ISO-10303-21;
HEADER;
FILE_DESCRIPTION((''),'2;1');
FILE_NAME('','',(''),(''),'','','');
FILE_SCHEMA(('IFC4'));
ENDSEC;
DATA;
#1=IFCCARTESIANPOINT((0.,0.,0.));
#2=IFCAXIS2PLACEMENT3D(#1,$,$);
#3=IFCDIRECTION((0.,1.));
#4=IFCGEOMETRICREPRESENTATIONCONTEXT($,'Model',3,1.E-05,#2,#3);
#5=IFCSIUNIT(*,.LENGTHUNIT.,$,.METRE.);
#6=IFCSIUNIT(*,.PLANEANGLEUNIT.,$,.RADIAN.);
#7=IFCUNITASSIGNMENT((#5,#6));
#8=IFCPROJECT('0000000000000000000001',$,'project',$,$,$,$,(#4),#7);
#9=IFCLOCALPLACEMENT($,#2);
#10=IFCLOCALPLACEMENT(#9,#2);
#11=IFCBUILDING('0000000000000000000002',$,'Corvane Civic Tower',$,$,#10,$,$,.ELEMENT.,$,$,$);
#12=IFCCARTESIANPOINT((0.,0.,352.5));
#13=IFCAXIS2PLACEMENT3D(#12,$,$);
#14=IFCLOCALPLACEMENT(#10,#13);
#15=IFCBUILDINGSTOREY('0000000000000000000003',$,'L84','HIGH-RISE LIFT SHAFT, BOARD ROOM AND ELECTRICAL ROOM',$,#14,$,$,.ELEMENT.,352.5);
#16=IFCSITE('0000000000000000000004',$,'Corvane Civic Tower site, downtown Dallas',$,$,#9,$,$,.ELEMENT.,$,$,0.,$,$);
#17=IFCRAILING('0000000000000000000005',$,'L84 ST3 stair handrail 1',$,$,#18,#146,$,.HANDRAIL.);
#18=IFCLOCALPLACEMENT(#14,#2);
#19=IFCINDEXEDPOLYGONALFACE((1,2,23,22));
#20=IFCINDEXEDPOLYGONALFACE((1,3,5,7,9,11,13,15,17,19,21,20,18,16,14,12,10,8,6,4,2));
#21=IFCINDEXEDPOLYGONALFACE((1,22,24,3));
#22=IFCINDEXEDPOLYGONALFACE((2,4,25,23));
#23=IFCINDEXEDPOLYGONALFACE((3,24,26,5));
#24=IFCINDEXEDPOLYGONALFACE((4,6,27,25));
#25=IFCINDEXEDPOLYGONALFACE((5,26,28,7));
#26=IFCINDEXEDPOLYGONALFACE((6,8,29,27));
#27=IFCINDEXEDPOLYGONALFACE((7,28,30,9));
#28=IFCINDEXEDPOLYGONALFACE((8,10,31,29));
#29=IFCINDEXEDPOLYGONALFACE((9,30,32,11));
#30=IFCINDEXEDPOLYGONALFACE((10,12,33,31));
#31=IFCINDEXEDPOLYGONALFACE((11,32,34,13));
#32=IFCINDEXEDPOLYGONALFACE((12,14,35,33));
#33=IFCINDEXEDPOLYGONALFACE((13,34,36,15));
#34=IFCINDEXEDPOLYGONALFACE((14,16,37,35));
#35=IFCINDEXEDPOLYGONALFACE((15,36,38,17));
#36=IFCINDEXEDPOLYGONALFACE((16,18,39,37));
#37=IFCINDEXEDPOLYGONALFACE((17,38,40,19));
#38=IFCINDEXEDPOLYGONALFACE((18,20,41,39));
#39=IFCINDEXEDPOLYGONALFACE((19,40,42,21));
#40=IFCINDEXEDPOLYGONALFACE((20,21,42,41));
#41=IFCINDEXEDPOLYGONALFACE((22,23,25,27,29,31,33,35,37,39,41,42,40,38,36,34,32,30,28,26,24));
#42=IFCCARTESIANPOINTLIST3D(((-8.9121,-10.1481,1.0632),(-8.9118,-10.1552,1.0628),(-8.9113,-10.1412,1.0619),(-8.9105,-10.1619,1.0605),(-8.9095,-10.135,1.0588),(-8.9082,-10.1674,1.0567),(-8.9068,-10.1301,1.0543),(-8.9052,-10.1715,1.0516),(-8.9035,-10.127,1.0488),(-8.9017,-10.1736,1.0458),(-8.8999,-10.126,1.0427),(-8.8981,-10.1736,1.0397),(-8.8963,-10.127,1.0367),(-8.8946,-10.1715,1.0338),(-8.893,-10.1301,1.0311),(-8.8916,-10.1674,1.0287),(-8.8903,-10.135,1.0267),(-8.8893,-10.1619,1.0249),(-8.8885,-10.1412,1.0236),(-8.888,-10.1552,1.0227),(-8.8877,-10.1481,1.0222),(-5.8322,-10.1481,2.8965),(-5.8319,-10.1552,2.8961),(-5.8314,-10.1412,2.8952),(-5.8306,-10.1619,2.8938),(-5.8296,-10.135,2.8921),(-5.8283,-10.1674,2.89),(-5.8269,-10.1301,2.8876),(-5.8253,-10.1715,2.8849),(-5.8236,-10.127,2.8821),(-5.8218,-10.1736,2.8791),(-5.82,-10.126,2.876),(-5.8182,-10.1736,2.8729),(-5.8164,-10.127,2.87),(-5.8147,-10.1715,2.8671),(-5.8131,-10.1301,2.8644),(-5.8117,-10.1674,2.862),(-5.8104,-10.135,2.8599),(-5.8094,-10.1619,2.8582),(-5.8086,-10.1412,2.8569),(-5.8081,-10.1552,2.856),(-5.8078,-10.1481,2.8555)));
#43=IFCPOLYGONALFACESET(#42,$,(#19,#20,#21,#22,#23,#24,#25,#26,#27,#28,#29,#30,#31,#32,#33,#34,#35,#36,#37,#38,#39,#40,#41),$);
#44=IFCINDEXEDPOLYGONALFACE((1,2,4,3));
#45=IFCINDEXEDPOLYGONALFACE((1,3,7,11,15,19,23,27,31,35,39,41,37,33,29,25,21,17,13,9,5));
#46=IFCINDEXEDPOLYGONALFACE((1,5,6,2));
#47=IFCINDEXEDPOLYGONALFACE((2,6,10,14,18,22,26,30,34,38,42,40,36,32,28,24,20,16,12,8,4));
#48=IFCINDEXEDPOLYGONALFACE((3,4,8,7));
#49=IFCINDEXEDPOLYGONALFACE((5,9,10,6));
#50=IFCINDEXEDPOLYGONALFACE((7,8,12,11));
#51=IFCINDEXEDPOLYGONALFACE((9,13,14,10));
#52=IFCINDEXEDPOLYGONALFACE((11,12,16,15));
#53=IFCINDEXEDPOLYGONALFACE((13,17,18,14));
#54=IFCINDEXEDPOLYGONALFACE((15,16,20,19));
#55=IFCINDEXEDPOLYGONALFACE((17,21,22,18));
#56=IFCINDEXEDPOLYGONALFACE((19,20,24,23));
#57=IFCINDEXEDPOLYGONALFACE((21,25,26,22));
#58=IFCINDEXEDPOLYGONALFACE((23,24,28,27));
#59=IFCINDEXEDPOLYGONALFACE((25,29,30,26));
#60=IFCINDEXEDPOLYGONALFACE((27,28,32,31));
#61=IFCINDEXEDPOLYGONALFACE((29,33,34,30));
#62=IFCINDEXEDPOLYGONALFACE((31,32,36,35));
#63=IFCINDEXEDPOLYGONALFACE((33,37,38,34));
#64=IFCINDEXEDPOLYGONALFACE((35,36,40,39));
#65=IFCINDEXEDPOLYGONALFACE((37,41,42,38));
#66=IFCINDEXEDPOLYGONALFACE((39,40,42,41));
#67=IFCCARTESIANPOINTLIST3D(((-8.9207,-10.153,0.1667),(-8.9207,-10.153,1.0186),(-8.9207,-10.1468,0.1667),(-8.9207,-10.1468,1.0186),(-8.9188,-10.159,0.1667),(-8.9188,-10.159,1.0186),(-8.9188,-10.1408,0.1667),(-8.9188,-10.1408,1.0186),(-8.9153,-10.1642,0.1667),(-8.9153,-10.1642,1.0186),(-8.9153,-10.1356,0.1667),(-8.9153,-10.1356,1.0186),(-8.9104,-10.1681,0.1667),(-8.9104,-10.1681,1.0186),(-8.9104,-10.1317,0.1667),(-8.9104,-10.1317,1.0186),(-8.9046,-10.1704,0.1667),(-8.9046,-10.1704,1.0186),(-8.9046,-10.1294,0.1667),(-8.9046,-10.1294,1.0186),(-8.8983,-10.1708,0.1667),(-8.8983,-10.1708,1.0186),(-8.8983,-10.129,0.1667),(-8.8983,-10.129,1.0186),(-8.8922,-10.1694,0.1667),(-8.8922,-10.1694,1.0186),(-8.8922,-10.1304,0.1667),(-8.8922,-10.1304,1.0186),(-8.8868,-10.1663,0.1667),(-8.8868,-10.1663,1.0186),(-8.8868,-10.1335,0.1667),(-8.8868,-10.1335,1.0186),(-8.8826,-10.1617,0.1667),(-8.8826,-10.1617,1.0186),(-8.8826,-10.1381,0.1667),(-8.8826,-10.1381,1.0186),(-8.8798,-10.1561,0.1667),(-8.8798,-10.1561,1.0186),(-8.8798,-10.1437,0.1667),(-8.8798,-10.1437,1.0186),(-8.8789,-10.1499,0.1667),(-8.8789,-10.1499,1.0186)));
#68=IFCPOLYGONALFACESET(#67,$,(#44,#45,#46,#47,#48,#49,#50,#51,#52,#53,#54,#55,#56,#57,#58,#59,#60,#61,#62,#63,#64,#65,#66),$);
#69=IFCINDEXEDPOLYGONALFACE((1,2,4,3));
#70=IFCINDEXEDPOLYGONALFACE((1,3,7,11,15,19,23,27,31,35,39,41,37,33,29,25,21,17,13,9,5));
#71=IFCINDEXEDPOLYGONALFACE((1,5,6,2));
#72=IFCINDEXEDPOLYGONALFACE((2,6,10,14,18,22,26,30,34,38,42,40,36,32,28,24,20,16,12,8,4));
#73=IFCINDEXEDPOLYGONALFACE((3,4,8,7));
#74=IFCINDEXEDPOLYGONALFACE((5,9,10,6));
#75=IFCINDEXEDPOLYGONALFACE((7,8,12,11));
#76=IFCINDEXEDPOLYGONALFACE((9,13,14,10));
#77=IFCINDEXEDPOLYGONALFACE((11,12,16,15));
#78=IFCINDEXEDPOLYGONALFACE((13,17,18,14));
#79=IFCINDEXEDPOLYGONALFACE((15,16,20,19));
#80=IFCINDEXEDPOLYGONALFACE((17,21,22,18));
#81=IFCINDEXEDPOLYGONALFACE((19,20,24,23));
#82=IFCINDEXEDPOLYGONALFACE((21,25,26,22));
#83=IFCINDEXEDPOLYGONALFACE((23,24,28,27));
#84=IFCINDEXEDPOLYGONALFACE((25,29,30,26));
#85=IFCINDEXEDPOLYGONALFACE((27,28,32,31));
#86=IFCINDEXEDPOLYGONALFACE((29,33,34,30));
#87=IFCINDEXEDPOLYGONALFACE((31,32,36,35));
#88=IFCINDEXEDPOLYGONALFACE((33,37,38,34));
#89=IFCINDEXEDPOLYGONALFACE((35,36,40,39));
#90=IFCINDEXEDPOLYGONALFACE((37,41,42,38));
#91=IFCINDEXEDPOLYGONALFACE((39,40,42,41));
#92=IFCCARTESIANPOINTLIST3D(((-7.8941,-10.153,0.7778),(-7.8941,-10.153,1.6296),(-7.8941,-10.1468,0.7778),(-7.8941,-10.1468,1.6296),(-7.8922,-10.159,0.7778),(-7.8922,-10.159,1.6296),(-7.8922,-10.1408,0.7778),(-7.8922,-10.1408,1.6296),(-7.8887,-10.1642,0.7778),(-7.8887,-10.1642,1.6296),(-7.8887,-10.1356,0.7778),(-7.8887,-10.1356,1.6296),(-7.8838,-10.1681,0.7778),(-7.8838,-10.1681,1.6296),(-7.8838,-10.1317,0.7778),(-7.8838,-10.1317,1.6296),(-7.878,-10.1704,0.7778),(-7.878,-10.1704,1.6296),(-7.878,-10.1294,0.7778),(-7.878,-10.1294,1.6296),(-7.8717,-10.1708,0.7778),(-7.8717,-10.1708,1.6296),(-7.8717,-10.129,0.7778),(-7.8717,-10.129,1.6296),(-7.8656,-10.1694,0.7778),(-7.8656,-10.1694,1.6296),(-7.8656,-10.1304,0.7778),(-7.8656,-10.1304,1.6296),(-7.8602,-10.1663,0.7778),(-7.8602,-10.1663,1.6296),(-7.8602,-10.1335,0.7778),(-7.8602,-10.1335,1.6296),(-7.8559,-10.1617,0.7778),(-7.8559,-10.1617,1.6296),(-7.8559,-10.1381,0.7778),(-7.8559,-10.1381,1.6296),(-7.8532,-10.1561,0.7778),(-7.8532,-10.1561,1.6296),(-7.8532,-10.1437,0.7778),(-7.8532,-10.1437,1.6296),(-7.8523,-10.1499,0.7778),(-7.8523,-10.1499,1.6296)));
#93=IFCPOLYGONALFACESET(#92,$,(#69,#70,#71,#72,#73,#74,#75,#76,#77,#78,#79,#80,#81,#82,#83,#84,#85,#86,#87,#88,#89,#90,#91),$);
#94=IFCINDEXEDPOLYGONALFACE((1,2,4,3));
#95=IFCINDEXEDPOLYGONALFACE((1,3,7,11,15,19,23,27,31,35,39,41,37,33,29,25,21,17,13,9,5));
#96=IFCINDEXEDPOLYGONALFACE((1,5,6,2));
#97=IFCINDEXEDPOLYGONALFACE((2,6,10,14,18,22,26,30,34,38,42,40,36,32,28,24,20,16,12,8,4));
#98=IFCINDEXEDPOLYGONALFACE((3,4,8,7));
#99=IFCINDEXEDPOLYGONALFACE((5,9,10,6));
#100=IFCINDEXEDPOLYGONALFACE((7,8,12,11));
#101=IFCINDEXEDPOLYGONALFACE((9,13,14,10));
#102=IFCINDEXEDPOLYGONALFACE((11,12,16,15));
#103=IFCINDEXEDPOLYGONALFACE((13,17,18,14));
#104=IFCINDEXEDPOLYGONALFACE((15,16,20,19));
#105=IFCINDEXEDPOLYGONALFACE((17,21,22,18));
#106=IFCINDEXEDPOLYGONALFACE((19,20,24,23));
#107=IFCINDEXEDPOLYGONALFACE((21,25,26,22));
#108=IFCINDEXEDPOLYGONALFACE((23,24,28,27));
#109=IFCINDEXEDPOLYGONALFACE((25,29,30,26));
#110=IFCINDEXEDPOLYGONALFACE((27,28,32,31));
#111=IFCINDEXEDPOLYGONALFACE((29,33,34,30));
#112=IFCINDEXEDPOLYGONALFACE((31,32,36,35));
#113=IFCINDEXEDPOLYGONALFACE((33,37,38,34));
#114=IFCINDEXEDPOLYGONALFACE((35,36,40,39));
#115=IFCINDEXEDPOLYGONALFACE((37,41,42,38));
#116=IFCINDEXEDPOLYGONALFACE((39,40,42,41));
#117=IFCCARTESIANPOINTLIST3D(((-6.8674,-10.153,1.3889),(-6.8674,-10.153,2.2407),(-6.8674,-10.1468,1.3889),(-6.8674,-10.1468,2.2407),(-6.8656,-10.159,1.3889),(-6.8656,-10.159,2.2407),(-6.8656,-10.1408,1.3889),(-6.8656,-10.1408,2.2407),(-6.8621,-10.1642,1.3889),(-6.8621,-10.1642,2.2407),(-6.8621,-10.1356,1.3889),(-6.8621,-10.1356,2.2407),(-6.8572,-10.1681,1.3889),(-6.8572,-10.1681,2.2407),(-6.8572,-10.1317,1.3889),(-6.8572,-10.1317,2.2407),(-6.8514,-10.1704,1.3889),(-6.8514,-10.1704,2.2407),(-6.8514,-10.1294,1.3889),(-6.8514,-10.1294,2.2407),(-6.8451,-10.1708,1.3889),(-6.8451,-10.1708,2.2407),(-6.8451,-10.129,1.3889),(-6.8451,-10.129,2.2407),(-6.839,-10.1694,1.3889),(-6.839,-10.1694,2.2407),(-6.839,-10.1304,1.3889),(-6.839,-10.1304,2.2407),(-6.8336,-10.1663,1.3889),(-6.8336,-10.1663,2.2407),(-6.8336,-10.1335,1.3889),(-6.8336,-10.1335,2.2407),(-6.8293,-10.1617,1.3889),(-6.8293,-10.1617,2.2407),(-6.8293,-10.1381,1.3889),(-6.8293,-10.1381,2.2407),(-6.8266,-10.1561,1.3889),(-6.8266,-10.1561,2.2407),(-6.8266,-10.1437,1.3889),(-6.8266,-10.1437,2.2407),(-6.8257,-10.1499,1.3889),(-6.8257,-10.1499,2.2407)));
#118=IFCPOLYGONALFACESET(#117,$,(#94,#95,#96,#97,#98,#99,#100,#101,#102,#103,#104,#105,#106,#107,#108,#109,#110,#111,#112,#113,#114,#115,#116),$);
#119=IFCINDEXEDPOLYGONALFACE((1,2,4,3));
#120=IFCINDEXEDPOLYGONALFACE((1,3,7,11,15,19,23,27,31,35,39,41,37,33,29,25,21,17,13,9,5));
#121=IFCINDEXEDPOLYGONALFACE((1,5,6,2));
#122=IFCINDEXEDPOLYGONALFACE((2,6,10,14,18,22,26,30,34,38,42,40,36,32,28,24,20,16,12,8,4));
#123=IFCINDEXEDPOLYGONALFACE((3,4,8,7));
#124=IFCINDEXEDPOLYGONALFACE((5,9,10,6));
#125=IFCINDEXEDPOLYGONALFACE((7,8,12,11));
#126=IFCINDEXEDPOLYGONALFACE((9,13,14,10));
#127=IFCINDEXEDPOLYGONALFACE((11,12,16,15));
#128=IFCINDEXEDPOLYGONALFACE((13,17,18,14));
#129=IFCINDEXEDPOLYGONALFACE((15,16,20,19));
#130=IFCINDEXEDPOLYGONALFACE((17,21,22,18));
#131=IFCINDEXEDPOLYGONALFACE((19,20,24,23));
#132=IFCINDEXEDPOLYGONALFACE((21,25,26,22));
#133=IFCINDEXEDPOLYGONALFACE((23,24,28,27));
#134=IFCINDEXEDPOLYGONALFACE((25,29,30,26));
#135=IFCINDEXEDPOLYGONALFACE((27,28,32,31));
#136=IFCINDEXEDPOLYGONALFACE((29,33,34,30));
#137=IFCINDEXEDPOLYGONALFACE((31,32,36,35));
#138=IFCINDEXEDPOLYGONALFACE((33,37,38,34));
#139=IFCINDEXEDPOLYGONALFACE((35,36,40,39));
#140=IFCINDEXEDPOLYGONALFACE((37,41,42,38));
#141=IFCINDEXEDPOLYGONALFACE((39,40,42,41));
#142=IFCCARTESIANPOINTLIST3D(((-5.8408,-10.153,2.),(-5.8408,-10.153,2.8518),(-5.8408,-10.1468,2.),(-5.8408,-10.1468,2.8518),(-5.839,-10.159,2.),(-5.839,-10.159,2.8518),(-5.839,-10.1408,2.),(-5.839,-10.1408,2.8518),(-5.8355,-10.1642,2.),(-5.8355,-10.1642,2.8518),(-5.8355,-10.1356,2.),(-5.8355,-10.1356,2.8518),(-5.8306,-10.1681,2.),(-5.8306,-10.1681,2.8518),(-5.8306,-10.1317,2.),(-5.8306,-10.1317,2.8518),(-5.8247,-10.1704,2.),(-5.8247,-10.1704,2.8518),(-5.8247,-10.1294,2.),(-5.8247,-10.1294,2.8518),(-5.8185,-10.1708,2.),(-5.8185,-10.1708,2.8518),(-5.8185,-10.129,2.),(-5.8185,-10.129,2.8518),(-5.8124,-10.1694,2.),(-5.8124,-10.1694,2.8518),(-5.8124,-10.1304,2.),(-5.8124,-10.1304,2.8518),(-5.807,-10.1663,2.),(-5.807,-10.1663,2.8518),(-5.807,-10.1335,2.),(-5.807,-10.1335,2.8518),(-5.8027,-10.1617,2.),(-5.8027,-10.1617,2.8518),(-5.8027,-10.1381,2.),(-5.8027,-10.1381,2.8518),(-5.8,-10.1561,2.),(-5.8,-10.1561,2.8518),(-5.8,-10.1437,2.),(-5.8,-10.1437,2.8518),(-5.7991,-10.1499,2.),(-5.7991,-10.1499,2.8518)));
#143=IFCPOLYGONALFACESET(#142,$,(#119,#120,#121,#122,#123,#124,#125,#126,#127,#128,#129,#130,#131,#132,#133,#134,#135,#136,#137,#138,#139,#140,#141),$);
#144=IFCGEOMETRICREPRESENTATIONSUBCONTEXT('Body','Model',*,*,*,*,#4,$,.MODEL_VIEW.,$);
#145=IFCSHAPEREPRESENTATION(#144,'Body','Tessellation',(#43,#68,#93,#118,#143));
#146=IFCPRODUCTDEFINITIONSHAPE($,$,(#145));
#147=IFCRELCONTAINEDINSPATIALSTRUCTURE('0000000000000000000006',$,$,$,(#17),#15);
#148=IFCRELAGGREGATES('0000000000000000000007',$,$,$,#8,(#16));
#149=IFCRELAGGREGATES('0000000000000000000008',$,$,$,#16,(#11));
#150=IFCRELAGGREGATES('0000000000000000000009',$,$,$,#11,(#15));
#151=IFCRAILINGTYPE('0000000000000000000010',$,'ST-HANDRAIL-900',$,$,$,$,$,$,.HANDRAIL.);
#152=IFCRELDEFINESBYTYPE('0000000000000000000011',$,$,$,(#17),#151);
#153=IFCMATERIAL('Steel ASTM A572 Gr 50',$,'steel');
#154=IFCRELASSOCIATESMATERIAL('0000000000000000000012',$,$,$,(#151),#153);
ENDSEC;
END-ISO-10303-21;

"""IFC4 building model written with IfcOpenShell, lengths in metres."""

from ifc_helpers import new_model, si_unit, direction, frame, origin, origin_2d, place, context, subcontext, project, spatial, circle, extrude, material, type_object, element, save


model = new_model("IFC4")

# Units and contexts
model_context = context("Model", 3, precision=1e-05, world=origin(), true_north=direction((0.0, 1.0)))
body_context = subcontext(model_context, "Body", "Model", "MODEL_VIEW")
ifc_project = project(units=[si_unit("LENGTHUNIT", "METRE"), si_unit("PLANEANGLEUNIT", "RADIAN")], contexts=[model_context])

# Site, building, storey
site_placement = place(None, origin())
site = spatial("IfcSite", under=ifc_project, at=site_placement, Name="Corvane Civic Tower site, downtown Dallas", CompositionType="ELEMENT", RefElevation=0.0)
building_placement = place(site_placement, origin())
building = spatial("IfcBuilding", under=site, at=building_placement, Name="Corvane Civic Tower", CompositionType="ELEMENT")
storey_placement = place(building_placement, frame((0.0, 0.0, 352.5)))
storey = spatial("IfcBuildingStorey", under=building, at=storey_placement, Name="L84", Description="HIGH-RISE LIFT SHAFT, BOARD ROOM AND ELECTRICAL ROOM", CompositionType="ELEMENT", Elevation=352.5)

# Railing
ifc_material_1 = material(Name="Steel ASTM A572 Gr 50", Category="steel")
railing_type_1 = type_object("IfcRailingType", Name="ST-HANDRAIL-900", PredefinedType="HANDRAIL", material=ifc_material_1)
railing_1_placement = place(storey_placement, frame((-8.8999, -10.1499, 0.1667)))
element("IfcRailing", 1, at=railing_1_placement, inside=storey, type_object=railing_type_1, Name="L84 ST3 stair handrail 1", PredefinedType="HANDRAIL", context=body_context, shape_type="SweptSolid", body=[
    extrude(circle(Radius=0.0239, at=origin_2d()), frame((0.0, 0.0, 0.876), z_axis=(0.859291, 0.0, 0.511487), x_axis=(0.0, 1.0, 0.0)), (0.0, 0.0, 1.0), 3.5842),
    extrude(circle(Radius=0.021, at=origin_2d()), origin(), (0.0, 0.0, 1.0), 0.8518),
    extrude(circle(Radius=0.021, at=origin_2d()), frame((1.0266, 0.0, 0.6111)), (0.0, 0.0, 1.0), 0.8518),
    extrude(circle(Radius=0.021, at=origin_2d()), frame((2.0532, 0.0, 1.2222)), (0.0, 0.0, 1.0), 0.8518),
    extrude(circle(Radius=0.021, at=origin_2d()), frame((3.0798, 0.0, 1.8333)), (0.0, 0.0, 1.0), 0.8518),
])

save(model, "model.ifc")
